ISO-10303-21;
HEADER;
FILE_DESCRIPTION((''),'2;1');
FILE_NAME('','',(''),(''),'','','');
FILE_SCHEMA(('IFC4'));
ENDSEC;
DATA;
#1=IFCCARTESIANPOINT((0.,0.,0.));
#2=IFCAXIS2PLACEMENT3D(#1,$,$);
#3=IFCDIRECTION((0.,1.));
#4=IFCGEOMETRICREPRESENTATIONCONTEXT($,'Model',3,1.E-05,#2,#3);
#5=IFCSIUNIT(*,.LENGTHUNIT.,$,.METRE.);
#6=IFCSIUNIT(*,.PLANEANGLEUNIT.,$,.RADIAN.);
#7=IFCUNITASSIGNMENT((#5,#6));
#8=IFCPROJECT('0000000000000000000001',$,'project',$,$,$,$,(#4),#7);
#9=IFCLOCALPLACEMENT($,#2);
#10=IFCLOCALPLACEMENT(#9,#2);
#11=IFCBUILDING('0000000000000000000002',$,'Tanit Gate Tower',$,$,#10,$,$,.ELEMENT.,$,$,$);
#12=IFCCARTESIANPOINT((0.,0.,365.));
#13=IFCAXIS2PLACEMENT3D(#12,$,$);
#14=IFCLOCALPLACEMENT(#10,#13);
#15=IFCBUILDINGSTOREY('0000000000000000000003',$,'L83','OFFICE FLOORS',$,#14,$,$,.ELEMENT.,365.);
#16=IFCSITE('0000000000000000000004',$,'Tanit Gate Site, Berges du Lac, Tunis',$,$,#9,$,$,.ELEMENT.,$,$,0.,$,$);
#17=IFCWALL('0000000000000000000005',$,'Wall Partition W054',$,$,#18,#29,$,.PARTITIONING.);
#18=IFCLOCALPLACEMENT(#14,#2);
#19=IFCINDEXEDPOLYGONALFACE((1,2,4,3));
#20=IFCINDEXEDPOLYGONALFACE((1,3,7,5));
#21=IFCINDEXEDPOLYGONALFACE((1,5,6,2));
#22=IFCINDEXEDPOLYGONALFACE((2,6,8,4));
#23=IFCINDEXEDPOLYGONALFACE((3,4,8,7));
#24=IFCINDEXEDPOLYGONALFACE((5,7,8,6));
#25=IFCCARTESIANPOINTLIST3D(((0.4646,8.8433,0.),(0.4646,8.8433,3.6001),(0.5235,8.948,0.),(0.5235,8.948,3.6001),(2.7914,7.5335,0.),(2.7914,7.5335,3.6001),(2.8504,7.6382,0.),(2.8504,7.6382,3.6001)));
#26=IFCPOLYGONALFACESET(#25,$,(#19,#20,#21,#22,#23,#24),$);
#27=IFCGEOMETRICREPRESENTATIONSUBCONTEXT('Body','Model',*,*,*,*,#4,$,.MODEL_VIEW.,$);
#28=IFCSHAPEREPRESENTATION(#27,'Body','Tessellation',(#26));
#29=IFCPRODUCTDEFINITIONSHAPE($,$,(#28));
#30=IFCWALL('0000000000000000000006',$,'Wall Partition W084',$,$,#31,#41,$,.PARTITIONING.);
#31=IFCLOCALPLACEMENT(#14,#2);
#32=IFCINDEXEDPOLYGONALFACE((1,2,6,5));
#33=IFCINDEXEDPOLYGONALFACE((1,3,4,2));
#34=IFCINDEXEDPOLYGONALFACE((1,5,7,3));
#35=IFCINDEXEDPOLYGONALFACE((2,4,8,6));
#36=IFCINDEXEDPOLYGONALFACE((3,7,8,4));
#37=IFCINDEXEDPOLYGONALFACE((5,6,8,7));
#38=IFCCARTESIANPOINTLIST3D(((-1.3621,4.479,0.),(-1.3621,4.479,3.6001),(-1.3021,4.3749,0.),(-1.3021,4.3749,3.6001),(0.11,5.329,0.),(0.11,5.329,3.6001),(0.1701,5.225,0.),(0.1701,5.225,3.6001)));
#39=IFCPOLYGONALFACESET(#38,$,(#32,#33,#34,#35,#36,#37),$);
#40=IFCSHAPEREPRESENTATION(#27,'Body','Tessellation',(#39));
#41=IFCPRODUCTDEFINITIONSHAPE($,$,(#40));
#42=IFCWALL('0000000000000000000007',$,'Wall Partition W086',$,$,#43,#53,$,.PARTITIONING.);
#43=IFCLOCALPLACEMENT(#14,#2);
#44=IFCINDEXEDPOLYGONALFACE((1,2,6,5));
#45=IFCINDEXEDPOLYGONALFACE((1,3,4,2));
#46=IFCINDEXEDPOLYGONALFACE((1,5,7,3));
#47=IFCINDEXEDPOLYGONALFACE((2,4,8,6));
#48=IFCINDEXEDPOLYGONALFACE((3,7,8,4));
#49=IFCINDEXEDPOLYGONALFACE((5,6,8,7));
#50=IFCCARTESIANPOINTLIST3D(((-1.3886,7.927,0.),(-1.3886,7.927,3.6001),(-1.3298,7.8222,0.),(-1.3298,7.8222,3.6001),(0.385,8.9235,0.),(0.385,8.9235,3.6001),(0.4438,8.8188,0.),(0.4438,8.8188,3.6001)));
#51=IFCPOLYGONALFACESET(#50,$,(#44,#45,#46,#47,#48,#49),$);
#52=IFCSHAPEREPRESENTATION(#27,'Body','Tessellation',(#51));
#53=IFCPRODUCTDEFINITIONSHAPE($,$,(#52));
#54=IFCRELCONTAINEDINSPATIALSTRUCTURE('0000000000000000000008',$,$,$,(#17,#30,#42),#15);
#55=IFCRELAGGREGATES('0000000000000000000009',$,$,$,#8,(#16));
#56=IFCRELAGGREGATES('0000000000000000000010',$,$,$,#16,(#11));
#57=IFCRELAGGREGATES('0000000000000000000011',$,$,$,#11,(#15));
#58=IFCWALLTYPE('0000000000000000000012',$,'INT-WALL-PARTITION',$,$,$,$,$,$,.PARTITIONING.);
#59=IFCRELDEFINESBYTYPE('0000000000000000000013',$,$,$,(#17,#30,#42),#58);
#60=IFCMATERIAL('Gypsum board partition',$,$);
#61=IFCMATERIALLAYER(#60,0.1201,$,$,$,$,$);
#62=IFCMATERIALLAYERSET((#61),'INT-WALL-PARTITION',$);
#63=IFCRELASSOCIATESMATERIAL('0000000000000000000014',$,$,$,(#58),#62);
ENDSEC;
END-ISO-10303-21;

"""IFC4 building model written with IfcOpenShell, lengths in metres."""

from ifc_helpers import new_model, si_unit, direction, frame, frame_2d, origin, place, context, subcontext, project, spatial, rectangle, extrude, material, layer, layer_set, type_object, element, save


model = new_model("IFC4")

# Units and contexts
model_context = context("Model", 3, precision=1e-05, world=origin(), true_north=direction((0.0, 1.0)))
body_context = subcontext(model_context, "Body", "Model", "MODEL_VIEW")
ifc_project = project(units=[si_unit("LENGTHUNIT", "METRE"), si_unit("PLANEANGLEUNIT", "RADIAN")], contexts=[model_context])

# Site, building, storey
site_placement = place(None, origin())
site = spatial("IfcSite", under=ifc_project, at=site_placement, Name="Tanit Gate Site, Berges du Lac, Tunis", CompositionType="ELEMENT", RefElevation=0.0)
building_placement = place(site_placement, origin())
building = spatial("IfcBuilding", under=site, at=building_placement, Name="Tanit Gate Tower", CompositionType="ELEMENT")
storey_placement = place(building_placement, frame((0.0, 0.0, 365.0)))
storey = spatial("IfcBuildingStorey", under=building, at=storey_placement, Name="L83", Description="OFFICE FLOORS", CompositionType="ELEMENT", Elevation=365.0)

# Shared definitions
ifc_material_1 = material(Name="Gypsum board partition")
ifc_layer_1 = layer(ifc_material_1, 0.1201)
ifc_layer_set_1 = layer_set([ifc_layer_1], Name="INT-WALL-PARTITION")
wall_type_1 = type_object("IfcWallType", Name="INT-WALL-PARTITION", PredefinedType="PARTITIONING", material=ifc_layer_set_1)

# Walls
wall_1_placement = place(storey_placement, frame((2.8208, 7.5859, 0.0), z_axis=(0.0, 0.0, 1.0), x_axis=(-0.871427, 0.490526, 0.0)))
element("IfcWall", 1, at=wall_1_placement, inside=storey, type_object=wall_type_1, Name="Wall Partition W054", PredefinedType="PARTITIONING", context=body_context, shape_type="SweptSolid", body=[
    extrude(rectangle(XDim=2.6702, YDim=0.1201, at=frame_2d((1.335, 0.0))), origin(), (0.0, 0.0, 1.0), 3.6001),
])
wall_2_placement = place(storey_placement, frame((0.1401, 5.2771, 0.0), z_axis=(0.0, 0.0, 1.0), x_axis=(-0.865989, -0.500062, 0.0)))
element("IfcWall", 2, at=wall_2_placement, inside=storey, type_object=wall_type_1, Name="Wall Partition W084", PredefinedType="PARTITIONING", context=body_context, shape_type="SweptSolid", body=[
    extrude(rectangle(XDim=1.7, YDim=0.1201, at=frame_2d((0.8501, 0.0))), origin(), (0.0, 0.0, 1.0), 3.6001),
])
wall_3_placement = place(storey_placement, frame((0.4143, 8.8711, 0.0), z_axis=(0.0, 0.0, 1.0), x_axis=(-0.871809, -0.489845, 0.0)))
element("IfcWall", 3, at=wall_3_placement, inside=storey, type_object=wall_type_1, Name="Wall Partition W086", PredefinedType="PARTITIONING", context=body_context, shape_type="SweptSolid", body=[
    extrude(rectangle(XDim=2.0344, YDim=0.1201, at=frame_2d((1.0171, 0.0))), origin(), (0.0, 0.0, 1.0), 3.6001),
])

save(model, "model.ifc")
